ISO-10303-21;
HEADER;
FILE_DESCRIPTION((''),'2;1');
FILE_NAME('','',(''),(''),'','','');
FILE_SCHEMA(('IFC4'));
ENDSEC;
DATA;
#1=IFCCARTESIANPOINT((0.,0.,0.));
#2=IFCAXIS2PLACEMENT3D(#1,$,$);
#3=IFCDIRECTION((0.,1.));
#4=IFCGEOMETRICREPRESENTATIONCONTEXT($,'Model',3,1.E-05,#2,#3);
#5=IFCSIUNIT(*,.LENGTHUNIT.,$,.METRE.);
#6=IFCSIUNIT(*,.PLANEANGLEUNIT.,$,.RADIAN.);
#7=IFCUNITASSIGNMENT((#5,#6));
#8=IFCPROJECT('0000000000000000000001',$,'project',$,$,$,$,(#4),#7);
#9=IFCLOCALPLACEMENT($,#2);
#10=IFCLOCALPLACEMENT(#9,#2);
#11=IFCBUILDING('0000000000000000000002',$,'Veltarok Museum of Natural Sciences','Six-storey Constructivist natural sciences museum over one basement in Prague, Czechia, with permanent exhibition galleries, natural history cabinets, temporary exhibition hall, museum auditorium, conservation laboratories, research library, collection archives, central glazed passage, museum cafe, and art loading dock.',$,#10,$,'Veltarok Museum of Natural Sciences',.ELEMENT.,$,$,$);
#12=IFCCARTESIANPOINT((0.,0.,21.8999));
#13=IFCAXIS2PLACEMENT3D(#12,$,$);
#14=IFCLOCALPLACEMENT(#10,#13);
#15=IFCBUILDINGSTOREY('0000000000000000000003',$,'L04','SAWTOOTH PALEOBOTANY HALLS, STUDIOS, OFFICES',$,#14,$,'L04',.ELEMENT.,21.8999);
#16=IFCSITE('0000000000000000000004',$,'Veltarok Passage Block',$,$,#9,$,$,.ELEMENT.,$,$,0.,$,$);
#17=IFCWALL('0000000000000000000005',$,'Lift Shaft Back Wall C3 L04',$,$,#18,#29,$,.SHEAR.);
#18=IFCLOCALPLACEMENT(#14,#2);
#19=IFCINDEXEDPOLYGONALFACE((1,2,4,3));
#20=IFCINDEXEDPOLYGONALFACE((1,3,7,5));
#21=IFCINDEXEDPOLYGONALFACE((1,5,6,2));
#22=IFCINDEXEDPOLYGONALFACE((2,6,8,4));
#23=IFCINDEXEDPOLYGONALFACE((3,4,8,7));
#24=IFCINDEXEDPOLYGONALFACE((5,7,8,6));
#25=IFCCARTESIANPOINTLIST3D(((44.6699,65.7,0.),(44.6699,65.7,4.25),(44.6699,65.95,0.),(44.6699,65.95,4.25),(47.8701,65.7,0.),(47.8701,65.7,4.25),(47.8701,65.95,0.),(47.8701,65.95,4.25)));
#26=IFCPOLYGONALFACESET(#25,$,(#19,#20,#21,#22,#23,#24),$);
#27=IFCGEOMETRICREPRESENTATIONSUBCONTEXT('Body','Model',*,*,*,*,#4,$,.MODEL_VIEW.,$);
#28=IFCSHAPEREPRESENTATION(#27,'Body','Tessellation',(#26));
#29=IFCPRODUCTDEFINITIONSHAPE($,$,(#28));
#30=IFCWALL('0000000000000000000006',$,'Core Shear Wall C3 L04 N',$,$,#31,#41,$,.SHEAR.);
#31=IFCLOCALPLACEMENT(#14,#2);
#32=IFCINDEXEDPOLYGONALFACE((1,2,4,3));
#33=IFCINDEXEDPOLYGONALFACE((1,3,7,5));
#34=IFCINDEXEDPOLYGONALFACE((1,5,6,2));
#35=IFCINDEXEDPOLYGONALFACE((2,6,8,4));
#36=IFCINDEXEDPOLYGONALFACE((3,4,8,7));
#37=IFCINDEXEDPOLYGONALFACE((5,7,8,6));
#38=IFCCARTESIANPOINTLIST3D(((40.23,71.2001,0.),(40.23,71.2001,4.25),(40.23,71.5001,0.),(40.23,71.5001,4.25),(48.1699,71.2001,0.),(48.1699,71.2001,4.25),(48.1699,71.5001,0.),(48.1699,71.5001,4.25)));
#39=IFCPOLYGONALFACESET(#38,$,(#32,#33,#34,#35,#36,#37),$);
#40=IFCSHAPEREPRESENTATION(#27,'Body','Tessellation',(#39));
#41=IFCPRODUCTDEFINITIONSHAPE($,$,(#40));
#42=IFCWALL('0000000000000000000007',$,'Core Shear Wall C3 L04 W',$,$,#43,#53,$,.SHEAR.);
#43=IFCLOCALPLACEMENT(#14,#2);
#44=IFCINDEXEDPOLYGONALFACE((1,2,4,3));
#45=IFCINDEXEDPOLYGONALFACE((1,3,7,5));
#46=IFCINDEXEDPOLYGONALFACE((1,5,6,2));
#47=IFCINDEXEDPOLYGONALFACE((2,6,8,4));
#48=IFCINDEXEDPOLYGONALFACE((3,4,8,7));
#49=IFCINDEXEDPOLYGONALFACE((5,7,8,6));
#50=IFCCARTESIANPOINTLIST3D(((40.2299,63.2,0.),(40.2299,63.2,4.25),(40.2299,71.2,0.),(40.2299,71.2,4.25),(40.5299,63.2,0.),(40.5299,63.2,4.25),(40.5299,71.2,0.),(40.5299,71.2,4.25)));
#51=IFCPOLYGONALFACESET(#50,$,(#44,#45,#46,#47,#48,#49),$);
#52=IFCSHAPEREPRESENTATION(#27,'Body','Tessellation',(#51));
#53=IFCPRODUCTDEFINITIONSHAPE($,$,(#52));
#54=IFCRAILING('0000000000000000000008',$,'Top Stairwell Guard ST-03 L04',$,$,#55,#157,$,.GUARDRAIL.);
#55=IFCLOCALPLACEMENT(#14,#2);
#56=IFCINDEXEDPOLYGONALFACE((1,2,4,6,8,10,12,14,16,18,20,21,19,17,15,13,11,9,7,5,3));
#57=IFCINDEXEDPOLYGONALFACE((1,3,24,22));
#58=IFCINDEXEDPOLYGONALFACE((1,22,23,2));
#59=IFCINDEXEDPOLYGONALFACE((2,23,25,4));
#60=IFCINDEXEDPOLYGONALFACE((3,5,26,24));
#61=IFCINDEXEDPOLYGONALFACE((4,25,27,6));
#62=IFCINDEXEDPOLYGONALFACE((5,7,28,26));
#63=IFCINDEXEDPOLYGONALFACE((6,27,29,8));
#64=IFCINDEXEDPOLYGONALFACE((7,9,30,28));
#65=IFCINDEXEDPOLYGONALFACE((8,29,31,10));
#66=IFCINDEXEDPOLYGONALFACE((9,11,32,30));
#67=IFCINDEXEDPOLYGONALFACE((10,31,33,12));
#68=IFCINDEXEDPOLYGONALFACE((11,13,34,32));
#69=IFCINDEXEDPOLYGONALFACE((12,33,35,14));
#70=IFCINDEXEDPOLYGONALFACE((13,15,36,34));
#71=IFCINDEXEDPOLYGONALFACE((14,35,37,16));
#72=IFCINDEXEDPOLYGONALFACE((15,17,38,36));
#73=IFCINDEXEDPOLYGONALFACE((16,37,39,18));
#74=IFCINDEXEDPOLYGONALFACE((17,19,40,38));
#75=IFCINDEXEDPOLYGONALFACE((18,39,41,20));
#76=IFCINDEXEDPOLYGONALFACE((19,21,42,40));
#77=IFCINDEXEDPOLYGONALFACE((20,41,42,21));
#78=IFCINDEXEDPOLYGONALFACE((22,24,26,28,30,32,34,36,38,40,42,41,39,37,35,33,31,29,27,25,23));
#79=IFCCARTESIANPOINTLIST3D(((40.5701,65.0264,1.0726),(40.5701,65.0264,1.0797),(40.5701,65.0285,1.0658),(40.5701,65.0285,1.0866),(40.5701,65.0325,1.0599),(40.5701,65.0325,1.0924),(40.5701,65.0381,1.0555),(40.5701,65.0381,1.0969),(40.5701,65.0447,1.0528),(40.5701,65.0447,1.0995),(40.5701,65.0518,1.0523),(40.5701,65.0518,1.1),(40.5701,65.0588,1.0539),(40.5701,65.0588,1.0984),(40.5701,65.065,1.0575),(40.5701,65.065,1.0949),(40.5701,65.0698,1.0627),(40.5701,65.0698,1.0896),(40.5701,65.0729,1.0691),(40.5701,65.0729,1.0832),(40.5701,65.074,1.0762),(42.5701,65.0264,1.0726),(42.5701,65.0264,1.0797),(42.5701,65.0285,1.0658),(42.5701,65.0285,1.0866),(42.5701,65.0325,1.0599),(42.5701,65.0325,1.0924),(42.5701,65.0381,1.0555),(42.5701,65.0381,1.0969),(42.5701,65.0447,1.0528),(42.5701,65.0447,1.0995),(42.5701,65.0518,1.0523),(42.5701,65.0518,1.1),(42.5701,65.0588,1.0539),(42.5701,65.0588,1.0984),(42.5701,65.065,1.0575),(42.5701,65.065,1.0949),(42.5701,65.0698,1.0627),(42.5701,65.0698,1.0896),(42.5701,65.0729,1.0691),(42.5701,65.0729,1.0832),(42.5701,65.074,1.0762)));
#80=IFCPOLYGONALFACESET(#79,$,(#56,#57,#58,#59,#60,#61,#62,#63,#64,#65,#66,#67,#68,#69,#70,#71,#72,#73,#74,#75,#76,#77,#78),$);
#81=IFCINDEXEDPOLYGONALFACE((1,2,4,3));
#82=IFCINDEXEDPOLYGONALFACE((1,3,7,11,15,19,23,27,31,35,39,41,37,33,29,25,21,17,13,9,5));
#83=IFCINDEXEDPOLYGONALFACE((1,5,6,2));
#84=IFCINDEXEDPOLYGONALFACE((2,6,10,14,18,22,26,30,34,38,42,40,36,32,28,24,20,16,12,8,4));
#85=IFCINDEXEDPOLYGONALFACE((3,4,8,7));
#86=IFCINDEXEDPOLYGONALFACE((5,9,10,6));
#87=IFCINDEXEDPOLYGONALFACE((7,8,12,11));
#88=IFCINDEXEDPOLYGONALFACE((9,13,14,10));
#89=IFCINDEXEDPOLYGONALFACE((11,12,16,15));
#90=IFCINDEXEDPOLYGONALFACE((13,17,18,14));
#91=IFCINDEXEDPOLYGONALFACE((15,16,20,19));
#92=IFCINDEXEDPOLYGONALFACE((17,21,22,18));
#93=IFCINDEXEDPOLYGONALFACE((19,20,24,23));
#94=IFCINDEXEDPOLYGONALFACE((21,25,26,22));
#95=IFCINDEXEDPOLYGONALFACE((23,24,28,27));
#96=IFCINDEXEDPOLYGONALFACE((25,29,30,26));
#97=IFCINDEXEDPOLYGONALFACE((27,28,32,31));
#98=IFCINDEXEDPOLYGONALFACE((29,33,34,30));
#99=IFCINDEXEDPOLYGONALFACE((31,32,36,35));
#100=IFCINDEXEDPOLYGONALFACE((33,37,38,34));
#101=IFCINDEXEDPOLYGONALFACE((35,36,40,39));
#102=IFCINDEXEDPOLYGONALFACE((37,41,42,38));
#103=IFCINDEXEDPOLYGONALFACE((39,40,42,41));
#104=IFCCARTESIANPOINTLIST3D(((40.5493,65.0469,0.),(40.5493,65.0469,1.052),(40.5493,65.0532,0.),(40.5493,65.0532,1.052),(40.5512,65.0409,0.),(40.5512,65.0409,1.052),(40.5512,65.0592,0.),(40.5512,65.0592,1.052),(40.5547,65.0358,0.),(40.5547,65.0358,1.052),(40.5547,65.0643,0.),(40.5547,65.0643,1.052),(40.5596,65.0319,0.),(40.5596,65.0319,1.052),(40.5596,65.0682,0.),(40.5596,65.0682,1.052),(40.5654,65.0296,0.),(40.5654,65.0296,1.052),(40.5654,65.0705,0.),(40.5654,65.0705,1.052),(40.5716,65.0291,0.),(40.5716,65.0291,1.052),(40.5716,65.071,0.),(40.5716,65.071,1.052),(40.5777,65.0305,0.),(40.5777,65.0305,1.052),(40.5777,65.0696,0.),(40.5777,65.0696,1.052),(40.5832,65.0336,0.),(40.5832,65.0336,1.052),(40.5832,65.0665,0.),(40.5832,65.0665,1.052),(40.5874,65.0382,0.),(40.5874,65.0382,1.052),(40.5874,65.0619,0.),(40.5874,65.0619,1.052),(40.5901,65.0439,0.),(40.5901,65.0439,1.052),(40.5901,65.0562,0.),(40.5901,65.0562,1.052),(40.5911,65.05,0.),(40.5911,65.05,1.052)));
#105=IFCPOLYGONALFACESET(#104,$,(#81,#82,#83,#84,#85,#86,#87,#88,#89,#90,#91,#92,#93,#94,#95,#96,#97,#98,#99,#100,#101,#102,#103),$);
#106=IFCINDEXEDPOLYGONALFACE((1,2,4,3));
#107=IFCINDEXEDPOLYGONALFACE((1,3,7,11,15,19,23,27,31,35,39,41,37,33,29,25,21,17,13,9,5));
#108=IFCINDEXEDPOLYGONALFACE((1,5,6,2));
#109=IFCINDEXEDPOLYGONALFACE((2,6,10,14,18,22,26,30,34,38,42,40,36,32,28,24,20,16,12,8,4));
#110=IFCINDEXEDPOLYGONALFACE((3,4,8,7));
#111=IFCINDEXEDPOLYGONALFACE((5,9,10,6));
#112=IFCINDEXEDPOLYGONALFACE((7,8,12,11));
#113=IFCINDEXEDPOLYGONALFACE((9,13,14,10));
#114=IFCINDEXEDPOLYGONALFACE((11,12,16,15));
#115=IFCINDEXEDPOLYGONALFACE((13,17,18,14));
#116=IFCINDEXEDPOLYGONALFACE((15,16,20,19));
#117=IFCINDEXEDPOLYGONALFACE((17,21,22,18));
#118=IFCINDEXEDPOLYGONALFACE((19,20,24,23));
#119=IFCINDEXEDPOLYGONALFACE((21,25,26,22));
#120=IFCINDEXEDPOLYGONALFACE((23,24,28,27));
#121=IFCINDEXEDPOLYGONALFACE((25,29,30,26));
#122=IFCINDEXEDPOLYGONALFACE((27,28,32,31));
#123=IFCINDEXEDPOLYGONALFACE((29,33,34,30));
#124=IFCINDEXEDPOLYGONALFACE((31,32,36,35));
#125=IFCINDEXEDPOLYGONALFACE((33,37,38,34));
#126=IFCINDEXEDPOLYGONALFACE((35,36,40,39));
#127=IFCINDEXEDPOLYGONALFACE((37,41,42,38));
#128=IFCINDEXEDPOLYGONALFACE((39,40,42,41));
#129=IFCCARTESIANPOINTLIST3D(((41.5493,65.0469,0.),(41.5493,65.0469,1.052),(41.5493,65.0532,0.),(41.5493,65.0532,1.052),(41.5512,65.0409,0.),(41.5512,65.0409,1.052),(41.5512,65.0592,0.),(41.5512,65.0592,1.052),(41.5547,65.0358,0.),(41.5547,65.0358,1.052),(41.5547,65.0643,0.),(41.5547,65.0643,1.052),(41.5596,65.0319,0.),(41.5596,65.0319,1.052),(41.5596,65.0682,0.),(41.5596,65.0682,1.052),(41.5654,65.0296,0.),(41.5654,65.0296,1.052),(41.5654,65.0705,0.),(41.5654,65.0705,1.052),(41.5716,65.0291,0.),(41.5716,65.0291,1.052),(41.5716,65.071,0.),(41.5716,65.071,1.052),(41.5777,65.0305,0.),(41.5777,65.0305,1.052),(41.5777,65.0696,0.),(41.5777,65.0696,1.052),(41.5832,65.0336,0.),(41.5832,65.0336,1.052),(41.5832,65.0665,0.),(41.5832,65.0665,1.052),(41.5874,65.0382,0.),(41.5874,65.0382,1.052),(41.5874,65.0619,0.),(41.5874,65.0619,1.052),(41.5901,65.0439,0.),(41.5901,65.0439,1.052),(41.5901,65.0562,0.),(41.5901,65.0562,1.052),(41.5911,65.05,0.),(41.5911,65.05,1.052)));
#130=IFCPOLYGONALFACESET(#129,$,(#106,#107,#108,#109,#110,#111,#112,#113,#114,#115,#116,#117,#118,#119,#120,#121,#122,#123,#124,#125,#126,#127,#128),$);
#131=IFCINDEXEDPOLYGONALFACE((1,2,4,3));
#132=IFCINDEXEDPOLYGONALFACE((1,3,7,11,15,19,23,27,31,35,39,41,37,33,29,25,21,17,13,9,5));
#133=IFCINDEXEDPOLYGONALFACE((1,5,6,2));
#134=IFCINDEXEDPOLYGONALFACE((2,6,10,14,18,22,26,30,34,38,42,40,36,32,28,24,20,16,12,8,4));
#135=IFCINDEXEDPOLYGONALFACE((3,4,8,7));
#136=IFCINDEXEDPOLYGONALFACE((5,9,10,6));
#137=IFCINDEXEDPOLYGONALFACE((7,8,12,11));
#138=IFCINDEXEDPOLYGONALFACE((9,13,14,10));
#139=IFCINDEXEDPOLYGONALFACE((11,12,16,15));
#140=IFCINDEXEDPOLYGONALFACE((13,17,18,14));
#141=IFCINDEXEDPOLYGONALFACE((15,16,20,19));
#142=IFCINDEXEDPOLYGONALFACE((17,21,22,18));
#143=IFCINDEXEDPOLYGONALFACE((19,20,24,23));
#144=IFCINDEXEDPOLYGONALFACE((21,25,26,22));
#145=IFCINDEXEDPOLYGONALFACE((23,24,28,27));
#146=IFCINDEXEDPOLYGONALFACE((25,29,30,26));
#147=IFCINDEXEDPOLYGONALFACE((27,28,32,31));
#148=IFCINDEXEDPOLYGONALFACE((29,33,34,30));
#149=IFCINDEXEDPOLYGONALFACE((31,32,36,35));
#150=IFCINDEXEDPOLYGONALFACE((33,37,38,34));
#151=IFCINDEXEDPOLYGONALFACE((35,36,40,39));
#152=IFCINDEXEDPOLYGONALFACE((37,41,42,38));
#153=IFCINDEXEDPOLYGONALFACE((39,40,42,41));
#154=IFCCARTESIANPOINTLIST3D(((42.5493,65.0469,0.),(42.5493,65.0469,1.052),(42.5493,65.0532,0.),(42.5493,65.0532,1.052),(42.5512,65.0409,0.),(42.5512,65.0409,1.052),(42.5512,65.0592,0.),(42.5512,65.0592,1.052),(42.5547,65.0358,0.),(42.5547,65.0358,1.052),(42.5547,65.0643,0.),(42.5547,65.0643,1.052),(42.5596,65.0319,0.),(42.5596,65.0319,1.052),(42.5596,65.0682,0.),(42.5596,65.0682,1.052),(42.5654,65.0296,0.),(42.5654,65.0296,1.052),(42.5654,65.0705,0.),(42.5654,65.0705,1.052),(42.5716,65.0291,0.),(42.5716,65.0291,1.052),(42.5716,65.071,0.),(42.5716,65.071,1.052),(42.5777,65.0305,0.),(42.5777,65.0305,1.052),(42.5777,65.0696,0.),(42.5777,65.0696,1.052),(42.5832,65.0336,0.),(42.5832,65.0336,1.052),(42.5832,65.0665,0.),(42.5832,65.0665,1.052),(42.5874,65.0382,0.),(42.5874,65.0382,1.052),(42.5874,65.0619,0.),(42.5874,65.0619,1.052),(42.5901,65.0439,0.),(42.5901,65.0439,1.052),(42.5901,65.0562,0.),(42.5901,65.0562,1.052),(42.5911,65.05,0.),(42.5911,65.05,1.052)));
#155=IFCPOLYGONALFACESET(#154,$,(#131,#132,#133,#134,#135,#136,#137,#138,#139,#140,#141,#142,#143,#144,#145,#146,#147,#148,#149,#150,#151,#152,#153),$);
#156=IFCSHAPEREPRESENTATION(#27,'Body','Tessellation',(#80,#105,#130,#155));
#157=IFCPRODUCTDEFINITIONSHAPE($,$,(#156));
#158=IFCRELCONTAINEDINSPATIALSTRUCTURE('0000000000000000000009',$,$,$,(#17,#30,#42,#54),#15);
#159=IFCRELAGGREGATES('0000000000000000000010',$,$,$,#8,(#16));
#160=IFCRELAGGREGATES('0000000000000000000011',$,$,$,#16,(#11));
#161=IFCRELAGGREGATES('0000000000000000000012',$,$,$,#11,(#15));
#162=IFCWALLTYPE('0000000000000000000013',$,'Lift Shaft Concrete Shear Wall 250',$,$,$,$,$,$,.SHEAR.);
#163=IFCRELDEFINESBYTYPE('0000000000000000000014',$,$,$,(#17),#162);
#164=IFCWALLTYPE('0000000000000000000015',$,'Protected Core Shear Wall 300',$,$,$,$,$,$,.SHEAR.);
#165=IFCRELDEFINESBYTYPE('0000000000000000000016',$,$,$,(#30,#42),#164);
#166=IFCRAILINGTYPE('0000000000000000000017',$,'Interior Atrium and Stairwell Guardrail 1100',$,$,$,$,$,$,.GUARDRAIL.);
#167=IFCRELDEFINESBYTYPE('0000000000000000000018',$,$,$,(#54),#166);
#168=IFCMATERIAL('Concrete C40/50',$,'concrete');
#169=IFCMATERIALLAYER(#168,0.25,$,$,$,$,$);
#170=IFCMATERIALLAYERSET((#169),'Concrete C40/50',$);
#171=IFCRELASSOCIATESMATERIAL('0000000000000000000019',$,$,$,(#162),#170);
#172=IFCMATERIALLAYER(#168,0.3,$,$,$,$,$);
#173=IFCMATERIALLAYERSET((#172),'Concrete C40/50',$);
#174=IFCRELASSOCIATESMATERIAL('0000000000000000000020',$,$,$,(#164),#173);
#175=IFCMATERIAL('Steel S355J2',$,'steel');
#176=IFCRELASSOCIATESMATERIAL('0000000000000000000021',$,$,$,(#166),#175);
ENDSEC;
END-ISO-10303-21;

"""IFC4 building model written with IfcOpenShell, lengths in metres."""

from ifc_helpers import new_model, si_unit, direction, frame, frame_2d, origin, origin_2d, place, context, subcontext, project, spatial, rectangle, circle, extrude, material, layer, layer_set, type_object, element, save


model = new_model("IFC4")

# Units and contexts
model_context = context("Model", 3, precision=1e-05, world=origin(), true_north=direction((0.0, 1.0)))
body_context = subcontext(model_context, "Body", "Model", "MODEL_VIEW")
ifc_project = project(units=[si_unit("LENGTHUNIT", "METRE"), si_unit("PLANEANGLEUNIT", "RADIAN")], contexts=[model_context])

# Site, building, storey
site_placement = place(None, origin())
site = spatial("IfcSite", under=ifc_project, at=site_placement, Name="Veltarok Passage Block", CompositionType="ELEMENT", RefElevation=0.0)
building_placement = place(site_placement, origin())
building = spatial("IfcBuilding", under=site, at=building_placement, Name="Veltarok Museum of Natural Sciences", Description="Six-storey Constructivist natural sciences museum over one basement in Prague, Czechia, with permanent exhibition galleries, natural history cabinets, temporary exhibition hall, museum auditorium, conservation laboratories, research library, collection archives, central glazed passage, museum cafe, and art loading dock.", LongName="Veltarok Museum of Natural Sciences", CompositionType="ELEMENT")
storey_placement = place(building_placement, frame((0.0, 0.0, 21.8999)))
storey = spatial("IfcBuildingStorey", under=building, at=storey_placement, Name="L04", Description="SAWTOOTH PALEOBOTANY HALLS, STUDIOS, OFFICES", LongName="L04", CompositionType="ELEMENT", Elevation=21.8999)

# Shared definitions
ifc_material_1 = material(Name="Steel S355J2", Category="steel")

# Walls
ifc_material_2 = material(Name="Concrete C40/50", Category="concrete")
ifc_layer_1 = layer(ifc_material_2, 0.25)
ifc_layer_set_1 = layer_set([ifc_layer_1], Name="Concrete C40/50")
wall_type_1 = type_object("IfcWallType", Name="Lift Shaft Concrete Shear Wall 250", PredefinedType="SHEAR", material=ifc_layer_set_1)
wall_1_placement = place(storey_placement, frame((44.6699, 65.825, 0.0), z_axis=(0.0, 0.0, 1.0), x_axis=(1.0, 0.0, 0.0)))
element("IfcWall", 1, at=wall_1_placement, inside=storey, type_object=wall_type_1, Name="Lift Shaft Back Wall C3 L04", PredefinedType="SHEAR", context=body_context, shape_type="SweptSolid", body=[
    extrude(rectangle(XDim=3.2002, YDim=0.25, at=frame_2d((1.6001, 0.0))), origin(), (0.0, 0.0, 1.0), 4.25),
])
ifc_layer_2 = layer(ifc_material_2, 0.3)
ifc_layer_set_2 = layer_set([ifc_layer_2], Name="Concrete C40/50")
wall_type_2 = type_object("IfcWallType", Name="Protected Core Shear Wall 300", PredefinedType="SHEAR", material=ifc_layer_set_2)
wall_2_placement = place(storey_placement, frame((48.1699, 71.3501, 0.0), z_axis=(0.0, 0.0, 1.0), x_axis=(-1.0, 0.0, 0.0)))
element("IfcWall", 2, at=wall_2_placement, inside=storey, type_object=wall_type_2, Name="Core Shear Wall C3 L04 N", PredefinedType="SHEAR", context=body_context, shape_type="SweptSolid", body=[
    extrude(rectangle(XDim=7.9399, YDim=0.3, at=frame_2d((3.97, 0.0))), origin(), (0.0, 0.0, 1.0), 4.25),
])
wall_3_placement = place(storey_placement, frame((40.3799, 71.2, 0.0), z_axis=(0.0, 0.0, 1.0), x_axis=(0.0, -1.0, 0.0)))
element("IfcWall", 3, at=wall_3_placement, inside=storey, type_object=wall_type_2, Name="Core Shear Wall C3 L04 W", PredefinedType="SHEAR", context=body_context, shape_type="SweptSolid", body=[
    extrude(rectangle(XDim=8.0, YDim=0.3, at=frame_2d((4.0, 0.0))), origin(), (0.0, 0.0, 1.0), 4.25),
])

# Railing
railing_type = type_object("IfcRailingType", Name="Interior Atrium and Stairwell Guardrail 1100", PredefinedType="GUARDRAIL", material=ifc_material_1)
railing_placement = place(storey_placement, frame((40.5701, 65.05, 0.0)))
element("IfcRailing", 4, at=railing_placement, inside=storey, type_object=railing_type, Name="Top Stairwell Guard ST-03 L04", PredefinedType="GUARDRAIL", context=body_context, shape_type="SweptSolid", body=[
    extrude(circle(Radius=0.0239, at=origin_2d()), frame((0.0, 0.0, 1.0762), z_axis=(1.0, 0.0, 0.0), x_axis=(0.0, 1.0, 0.0)), (0.0, 0.0, 1.0), 2.0),
    extrude(circle(Radius=0.021, at=origin_2d()), origin(), (0.0, 0.0, 1.0), 1.052),
    extrude(circle(Radius=0.021, at=origin_2d()), frame((1.0, 0.0, 0.0)), (0.0, 0.0, 1.0), 1.052),
    extrude(circle(Radius=0.021, at=origin_2d()), frame((2.0, 0.0, 0.0)), (0.0, 0.0, 1.0), 1.052),
])

save(model, "model.ifc")
